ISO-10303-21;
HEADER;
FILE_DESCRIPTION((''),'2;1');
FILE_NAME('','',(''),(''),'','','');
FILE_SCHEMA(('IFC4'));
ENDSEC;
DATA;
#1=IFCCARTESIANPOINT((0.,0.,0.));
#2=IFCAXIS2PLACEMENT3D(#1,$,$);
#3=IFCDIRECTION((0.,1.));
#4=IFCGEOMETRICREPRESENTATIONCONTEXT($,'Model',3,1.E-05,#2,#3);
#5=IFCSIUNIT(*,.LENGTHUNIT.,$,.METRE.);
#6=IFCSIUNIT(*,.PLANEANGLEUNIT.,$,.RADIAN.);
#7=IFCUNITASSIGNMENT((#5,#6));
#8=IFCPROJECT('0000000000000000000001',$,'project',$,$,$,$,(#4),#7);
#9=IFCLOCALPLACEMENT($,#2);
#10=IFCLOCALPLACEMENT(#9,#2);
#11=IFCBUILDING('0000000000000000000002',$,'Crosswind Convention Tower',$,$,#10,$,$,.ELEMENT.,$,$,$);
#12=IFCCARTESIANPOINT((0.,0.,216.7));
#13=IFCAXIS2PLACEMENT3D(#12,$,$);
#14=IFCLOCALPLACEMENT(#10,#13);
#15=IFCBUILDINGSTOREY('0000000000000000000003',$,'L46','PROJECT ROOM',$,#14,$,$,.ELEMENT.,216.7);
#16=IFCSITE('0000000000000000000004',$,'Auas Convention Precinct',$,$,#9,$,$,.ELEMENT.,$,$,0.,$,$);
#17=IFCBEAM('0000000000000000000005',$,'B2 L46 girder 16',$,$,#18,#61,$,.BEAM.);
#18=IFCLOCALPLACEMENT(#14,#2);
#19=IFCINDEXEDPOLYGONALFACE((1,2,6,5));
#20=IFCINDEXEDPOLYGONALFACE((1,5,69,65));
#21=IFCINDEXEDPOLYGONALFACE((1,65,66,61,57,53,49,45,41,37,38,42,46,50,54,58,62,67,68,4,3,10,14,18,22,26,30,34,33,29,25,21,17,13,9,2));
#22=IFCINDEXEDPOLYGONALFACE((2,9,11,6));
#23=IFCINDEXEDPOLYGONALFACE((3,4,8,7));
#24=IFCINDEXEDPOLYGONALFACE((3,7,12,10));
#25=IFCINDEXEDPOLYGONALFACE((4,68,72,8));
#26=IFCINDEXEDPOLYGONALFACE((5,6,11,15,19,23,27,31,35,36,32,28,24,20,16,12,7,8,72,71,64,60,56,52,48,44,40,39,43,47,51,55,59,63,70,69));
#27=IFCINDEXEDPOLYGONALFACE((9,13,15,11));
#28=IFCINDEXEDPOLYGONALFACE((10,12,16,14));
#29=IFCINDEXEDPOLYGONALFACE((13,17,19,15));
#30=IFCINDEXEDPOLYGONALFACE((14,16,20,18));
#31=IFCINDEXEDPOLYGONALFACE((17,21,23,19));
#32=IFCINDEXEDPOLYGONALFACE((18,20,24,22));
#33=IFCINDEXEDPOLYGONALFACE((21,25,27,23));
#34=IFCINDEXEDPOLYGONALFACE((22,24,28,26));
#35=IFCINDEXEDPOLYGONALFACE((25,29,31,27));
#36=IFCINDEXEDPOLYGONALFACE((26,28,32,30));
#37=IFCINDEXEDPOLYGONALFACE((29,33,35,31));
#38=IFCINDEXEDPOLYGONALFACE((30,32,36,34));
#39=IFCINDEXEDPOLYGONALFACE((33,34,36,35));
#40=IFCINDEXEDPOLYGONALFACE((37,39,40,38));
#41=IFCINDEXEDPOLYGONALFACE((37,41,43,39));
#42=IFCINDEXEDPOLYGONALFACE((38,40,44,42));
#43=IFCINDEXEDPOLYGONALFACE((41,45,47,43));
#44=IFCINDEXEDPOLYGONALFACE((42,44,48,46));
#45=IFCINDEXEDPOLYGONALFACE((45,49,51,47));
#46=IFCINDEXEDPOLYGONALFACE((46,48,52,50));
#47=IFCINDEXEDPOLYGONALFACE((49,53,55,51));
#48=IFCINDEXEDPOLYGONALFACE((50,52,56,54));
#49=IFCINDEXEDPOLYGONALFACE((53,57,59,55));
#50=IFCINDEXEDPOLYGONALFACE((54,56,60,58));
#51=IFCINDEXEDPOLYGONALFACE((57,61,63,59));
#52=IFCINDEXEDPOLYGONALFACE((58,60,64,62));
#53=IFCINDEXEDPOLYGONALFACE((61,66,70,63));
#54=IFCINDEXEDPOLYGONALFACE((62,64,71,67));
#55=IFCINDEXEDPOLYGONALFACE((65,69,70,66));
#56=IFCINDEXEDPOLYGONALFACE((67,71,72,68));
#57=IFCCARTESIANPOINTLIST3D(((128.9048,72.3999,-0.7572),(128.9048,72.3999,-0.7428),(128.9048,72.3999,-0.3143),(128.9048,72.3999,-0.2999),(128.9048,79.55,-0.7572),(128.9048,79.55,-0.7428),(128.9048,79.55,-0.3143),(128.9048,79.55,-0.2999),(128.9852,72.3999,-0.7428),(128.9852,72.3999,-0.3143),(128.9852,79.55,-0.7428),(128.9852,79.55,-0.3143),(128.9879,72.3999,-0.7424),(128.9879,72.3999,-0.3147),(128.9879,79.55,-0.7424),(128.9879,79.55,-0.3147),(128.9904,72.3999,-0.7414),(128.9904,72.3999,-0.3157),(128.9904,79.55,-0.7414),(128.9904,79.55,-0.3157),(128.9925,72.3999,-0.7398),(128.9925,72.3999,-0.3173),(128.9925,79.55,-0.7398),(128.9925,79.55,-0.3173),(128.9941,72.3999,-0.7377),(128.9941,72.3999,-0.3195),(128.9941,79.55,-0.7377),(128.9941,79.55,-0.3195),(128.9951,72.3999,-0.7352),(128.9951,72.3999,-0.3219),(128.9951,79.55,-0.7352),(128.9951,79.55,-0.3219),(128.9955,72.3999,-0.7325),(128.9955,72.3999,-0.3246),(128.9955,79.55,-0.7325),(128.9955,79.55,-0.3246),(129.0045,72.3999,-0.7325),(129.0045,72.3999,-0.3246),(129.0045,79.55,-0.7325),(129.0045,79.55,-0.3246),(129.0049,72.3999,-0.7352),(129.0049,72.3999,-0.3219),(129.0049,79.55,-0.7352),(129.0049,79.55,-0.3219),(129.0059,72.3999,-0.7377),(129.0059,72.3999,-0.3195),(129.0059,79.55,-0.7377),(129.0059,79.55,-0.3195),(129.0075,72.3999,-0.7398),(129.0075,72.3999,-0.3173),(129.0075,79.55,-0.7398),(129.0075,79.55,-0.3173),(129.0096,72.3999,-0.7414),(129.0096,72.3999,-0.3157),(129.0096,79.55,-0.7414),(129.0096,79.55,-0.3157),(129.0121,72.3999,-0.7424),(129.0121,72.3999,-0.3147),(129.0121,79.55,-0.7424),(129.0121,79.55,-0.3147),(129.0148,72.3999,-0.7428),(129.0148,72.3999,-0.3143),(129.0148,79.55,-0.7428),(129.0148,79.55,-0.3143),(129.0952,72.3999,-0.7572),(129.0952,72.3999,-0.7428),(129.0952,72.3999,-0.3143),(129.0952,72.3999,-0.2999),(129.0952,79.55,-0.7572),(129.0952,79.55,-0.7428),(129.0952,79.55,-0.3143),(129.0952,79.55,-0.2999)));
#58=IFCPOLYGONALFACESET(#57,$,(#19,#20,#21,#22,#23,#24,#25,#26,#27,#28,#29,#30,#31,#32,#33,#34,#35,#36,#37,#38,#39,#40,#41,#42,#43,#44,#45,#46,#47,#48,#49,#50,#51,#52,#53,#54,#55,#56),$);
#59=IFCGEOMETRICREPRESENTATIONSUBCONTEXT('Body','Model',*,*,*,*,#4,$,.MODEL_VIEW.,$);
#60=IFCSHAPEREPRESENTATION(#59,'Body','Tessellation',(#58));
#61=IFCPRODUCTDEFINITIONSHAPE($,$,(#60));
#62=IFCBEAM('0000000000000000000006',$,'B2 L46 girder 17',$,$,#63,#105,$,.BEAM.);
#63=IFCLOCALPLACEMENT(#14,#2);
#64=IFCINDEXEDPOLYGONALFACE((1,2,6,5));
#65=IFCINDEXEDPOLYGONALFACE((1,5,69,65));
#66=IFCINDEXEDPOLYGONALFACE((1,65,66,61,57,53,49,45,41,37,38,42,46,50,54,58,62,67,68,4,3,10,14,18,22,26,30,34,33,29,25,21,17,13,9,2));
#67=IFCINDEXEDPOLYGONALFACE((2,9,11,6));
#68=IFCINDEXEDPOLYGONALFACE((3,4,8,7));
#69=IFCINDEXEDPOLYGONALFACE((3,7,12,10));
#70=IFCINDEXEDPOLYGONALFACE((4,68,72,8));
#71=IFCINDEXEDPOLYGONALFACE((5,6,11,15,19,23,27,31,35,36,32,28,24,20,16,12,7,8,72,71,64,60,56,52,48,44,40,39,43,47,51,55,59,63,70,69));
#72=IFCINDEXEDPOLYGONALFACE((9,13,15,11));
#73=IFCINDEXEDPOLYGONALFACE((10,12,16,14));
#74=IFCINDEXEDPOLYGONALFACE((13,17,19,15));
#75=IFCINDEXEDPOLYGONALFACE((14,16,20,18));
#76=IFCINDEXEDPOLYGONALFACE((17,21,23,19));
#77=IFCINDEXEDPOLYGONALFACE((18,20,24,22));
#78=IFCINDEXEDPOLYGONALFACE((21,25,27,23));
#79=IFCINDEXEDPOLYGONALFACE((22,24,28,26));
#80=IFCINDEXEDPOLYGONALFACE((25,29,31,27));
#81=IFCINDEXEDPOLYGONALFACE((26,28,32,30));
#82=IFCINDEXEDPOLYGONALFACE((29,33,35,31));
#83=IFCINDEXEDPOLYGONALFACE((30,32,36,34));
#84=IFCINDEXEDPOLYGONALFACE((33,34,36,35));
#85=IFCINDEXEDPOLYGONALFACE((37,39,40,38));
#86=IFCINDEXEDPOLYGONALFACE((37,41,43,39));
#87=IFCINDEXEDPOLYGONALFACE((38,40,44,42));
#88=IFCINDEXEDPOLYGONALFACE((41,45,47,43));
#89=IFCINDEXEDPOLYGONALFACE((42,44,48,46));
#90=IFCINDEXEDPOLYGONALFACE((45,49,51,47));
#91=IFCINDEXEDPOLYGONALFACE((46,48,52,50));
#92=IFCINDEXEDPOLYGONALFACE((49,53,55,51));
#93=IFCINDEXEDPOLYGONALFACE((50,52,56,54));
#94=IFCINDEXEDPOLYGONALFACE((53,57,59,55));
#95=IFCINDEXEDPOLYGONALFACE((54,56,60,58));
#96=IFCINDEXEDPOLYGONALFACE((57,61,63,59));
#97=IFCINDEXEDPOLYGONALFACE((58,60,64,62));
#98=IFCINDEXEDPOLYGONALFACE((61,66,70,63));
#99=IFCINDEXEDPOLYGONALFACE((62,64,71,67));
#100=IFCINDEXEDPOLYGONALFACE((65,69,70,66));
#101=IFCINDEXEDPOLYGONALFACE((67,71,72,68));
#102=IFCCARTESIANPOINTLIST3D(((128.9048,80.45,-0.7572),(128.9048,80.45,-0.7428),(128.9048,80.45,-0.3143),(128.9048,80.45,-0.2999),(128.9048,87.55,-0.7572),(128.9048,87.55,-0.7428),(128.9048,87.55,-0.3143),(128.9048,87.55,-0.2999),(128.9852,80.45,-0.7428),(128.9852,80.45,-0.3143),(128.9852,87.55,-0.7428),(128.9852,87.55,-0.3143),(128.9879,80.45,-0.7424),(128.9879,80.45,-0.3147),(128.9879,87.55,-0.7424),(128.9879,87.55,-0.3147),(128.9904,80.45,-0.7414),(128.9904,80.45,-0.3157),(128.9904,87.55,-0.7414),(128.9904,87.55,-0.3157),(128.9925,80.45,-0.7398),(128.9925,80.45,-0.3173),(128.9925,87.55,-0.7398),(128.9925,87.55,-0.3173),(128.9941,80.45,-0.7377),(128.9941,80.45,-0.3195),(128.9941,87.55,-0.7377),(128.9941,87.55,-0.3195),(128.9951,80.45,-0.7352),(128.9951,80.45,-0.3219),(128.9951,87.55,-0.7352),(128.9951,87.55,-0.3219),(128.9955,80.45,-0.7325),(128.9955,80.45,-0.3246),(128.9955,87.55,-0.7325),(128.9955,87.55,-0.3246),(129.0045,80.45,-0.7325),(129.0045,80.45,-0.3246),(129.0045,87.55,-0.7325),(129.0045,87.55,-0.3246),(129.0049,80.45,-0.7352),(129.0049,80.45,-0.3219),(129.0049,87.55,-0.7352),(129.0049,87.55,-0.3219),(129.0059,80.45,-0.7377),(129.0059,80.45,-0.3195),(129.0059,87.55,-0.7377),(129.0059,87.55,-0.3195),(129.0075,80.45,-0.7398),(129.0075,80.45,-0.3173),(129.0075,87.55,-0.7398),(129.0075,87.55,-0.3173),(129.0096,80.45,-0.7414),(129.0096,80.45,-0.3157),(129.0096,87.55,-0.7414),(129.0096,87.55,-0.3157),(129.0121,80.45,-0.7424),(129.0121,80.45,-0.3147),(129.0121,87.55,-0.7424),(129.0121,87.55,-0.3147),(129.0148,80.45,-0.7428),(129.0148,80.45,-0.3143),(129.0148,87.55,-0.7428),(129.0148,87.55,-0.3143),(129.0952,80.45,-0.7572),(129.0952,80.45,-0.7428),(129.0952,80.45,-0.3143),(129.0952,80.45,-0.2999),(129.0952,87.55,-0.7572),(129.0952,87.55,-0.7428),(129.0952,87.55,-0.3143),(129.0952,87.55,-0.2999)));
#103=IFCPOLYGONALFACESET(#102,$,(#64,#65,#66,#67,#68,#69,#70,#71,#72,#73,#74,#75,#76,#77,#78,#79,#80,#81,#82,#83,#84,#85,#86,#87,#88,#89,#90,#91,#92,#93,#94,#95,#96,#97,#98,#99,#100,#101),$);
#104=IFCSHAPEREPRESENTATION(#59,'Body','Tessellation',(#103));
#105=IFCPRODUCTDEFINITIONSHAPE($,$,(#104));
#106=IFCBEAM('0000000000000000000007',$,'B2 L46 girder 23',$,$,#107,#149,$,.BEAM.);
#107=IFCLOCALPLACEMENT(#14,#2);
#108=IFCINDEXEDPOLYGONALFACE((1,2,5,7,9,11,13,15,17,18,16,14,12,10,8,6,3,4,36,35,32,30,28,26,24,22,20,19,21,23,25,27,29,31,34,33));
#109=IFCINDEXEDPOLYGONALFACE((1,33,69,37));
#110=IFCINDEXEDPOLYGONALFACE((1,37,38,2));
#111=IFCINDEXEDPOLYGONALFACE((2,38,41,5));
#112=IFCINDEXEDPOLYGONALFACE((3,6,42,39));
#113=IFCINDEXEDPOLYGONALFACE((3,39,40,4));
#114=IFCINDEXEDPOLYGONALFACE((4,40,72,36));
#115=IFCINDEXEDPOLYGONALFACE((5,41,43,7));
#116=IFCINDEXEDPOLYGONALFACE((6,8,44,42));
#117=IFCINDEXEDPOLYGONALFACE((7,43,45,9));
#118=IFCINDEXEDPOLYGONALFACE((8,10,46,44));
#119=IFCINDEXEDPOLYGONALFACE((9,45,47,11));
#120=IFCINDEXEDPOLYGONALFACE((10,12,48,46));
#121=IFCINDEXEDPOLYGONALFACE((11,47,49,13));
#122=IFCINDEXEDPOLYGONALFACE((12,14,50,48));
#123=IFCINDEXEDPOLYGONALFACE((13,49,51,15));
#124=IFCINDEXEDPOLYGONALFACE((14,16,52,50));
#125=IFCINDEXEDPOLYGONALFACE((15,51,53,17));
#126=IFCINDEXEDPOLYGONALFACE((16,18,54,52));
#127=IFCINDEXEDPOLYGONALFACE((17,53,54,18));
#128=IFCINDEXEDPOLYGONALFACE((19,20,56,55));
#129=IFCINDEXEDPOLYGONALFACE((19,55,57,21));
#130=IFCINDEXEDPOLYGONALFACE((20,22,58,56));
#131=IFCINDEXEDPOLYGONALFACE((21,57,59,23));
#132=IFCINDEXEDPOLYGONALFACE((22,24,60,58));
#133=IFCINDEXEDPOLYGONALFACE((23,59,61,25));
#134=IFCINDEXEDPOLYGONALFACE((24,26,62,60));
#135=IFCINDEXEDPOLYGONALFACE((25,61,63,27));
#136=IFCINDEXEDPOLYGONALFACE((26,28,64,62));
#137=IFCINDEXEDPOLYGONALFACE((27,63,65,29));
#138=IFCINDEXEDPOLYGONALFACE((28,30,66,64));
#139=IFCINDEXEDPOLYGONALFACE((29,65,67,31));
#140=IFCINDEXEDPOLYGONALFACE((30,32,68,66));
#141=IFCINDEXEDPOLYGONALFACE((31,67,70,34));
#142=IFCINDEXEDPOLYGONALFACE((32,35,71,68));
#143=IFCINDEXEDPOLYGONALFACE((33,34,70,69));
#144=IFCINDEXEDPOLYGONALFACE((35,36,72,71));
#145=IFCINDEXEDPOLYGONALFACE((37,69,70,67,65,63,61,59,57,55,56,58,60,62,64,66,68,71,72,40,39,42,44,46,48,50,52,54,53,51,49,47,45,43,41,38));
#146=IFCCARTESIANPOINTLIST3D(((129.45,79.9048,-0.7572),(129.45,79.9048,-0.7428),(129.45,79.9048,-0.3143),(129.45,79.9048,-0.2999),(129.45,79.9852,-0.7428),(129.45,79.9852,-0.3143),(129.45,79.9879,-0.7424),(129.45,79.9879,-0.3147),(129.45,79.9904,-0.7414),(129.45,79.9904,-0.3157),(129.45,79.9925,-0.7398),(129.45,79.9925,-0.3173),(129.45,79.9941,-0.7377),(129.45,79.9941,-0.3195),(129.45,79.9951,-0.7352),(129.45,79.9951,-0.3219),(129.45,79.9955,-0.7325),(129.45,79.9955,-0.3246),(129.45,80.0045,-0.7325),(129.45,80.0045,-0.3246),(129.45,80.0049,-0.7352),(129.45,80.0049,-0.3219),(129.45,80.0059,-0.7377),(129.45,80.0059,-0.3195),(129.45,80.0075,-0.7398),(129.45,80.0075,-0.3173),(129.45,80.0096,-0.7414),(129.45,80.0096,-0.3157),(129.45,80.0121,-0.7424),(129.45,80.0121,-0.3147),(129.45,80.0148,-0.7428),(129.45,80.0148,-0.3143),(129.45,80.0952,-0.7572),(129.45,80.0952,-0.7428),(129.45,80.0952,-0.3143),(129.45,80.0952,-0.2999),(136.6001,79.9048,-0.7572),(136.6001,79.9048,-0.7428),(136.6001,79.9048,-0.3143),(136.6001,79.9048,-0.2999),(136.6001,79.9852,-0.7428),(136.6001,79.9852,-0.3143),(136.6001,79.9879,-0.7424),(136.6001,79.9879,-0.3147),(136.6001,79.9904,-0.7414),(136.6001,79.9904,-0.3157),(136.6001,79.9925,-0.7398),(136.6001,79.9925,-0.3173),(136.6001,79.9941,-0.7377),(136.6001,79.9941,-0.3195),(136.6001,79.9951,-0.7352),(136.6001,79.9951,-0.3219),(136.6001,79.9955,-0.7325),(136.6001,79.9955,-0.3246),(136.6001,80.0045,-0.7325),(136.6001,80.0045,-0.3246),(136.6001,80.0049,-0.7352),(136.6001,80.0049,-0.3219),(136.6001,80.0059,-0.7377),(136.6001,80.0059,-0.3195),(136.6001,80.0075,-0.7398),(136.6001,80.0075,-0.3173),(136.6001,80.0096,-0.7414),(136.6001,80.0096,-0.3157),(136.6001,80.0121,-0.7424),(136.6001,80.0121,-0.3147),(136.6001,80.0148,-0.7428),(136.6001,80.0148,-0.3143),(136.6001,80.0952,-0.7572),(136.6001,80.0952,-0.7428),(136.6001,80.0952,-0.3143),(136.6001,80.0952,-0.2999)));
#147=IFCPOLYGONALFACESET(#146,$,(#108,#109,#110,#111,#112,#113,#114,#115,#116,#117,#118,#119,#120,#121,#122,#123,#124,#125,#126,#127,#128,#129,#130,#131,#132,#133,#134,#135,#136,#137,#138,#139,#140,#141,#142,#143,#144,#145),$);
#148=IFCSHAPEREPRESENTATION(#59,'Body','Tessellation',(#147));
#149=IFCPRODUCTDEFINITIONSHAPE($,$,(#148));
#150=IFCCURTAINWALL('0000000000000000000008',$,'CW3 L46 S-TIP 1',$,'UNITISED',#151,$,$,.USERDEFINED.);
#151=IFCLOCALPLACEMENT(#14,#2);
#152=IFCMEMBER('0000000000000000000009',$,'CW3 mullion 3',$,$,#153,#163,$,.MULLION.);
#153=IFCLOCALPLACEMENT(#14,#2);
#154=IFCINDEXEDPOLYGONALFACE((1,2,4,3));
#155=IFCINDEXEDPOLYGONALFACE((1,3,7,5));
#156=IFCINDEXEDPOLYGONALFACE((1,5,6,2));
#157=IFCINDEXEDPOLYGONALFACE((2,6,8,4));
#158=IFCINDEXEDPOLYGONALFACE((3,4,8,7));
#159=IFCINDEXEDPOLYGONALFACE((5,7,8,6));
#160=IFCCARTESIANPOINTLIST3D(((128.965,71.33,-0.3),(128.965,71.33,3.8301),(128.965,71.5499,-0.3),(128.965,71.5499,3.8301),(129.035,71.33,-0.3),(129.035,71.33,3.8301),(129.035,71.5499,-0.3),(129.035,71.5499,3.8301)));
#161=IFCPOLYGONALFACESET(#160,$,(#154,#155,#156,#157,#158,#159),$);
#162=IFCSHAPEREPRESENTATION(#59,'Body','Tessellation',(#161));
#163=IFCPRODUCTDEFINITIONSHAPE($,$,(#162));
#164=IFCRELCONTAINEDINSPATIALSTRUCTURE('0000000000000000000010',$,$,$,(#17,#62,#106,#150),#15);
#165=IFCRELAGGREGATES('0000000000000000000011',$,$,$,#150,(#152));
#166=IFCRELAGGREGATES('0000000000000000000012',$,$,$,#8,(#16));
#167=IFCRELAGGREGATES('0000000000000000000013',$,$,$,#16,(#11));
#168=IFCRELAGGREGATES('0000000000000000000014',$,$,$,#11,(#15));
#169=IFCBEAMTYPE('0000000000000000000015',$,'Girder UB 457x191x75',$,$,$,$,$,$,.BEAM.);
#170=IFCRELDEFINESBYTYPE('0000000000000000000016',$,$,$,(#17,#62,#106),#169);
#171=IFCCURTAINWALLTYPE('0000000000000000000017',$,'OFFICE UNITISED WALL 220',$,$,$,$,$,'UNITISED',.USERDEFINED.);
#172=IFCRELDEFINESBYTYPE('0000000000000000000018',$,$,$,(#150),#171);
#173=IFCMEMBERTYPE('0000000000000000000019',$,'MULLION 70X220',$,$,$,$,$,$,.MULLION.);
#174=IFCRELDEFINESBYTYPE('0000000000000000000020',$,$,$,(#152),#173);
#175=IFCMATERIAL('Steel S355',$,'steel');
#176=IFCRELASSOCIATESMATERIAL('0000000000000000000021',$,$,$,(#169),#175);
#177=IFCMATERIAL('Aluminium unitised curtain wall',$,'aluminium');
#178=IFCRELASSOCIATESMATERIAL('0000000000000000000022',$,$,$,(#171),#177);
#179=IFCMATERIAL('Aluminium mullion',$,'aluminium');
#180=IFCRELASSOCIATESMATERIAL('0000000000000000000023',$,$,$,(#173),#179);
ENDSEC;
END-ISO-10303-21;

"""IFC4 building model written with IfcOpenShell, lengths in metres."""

from ifc_helpers import new_model, si_unit, direction, frame, origin, origin_2d, place, context, subcontext, project, spatial, rectangle, i_section, extrude, material, material_profile, profile_set, type_object, element, aggregate, save


model = new_model("IFC4")

# Units and contexts
model_context = context("Model", 3, precision=1e-05, world=origin(), true_north=direction((0.0, 1.0)))
body_context = subcontext(model_context, "Body", "Model", "MODEL_VIEW")
ifc_project = project(units=[si_unit("LENGTHUNIT", "METRE"), si_unit("PLANEANGLEUNIT", "RADIAN")], contexts=[model_context])

# Site, building, storey
site_placement = place(None, origin())
site = spatial("IfcSite", under=ifc_project, at=site_placement, Name="Auas Convention Precinct", CompositionType="ELEMENT", RefElevation=0.0)
building_placement = place(site_placement, origin())
building = spatial("IfcBuilding", under=site, at=building_placement, Name="Crosswind Convention Tower", CompositionType="ELEMENT")
storey_placement = place(building_placement, frame((0.0, 0.0, 216.7)))
storey = spatial("IfcBuildingStorey", under=building, at=storey_placement, Name="L46", Description="PROJECT ROOM", CompositionType="ELEMENT", Elevation=216.7)

# Beams
ifc_material_1 = material(Name="Steel S355", Category="steel")
ifc_material_profile_1 = material_profile(ifc_material_1, i_section(OverallWidth=0.1904, OverallDepth=0.4573, WebThickness=0.009, FlangeThickness=0.0144, FilletRadius=0.0103, at=origin_2d()), Name="UB 457x191x75")
ifc_profile_set_1 = profile_set([ifc_material_profile_1], Name="Steel S355")
beam_type_1 = type_object("IfcBeamType", Name="Girder UB 457x191x75", PredefinedType="BEAM", material=ifc_profile_set_1)
beam_1_placement = place(storey_placement, frame((129.0, 72.3999, -0.5286), z_axis=(0.0, 1.0, 0.0), x_axis=(-1.0, 0.0, 0.0)))
element("IfcBeam", 1, at=beam_1_placement, inside=storey, type_object=beam_type_1, Name="B2 L46 girder 16", PredefinedType="BEAM", context=body_context, shape_type="SweptSolid", body=[
    extrude(i_section(OverallWidth=0.1904, OverallDepth=0.4573, WebThickness=0.009, FlangeThickness=0.0144, FilletRadius=0.0103, at=origin_2d()), origin(), (0.0, 0.0, 1.0), 7.1501),
])
beam_2_placement = place(storey_placement, frame((129.0, 80.45, -0.5286), z_axis=(0.0, 1.0, 0.0), x_axis=(-1.0, 0.0, 0.0)))
element("IfcBeam", 2, at=beam_2_placement, inside=storey, type_object=beam_type_1, Name="B2 L46 girder 17", PredefinedType="BEAM", context=body_context, shape_type="SweptSolid", body=[
    extrude(i_section(OverallWidth=0.1904, OverallDepth=0.4573, WebThickness=0.009, FlangeThickness=0.0144, FilletRadius=0.0103, at=origin_2d()), origin(), (0.0, 0.0, 1.0), 7.1001),
])
beam_3_placement = place(storey_placement, frame((129.45, 80.0, -0.5286), z_axis=(1.0, 0.0, 0.0), x_axis=(0.0, 1.0, 0.0)))
element("IfcBeam", 3, at=beam_3_placement, inside=storey, type_object=beam_type_1, Name="B2 L46 girder 23", PredefinedType="BEAM", context=body_context, shape_type="SweptSolid", body=[
    extrude(i_section(OverallWidth=0.1904, OverallDepth=0.4573, WebThickness=0.009, FlangeThickness=0.0144, FilletRadius=0.0103, at=origin_2d()), origin(), (0.0, 0.0, 1.0), 7.1501),
])

# Curtain wall, member
ifc_material_2 = material(Name="Aluminium unitised curtain wall", Category="aluminium")
curtain_wall_type = type_object("IfcCurtainWallType", Name="OFFICE UNITISED WALL 220", ElementType="UNITISED", PredefinedType="USERDEFINED", material=ifc_material_2)
curtain_wall_placement = place(storey_placement, origin())
curtain_wall = element("IfcCurtainWall", 4, at=curtain_wall_placement, inside=storey, type_object=curtain_wall_type, Name="CW3 L46 S-TIP 1", ObjectType="UNITISED", PredefinedType="USERDEFINED")
ifc_material_3 = material(Name="Aluminium mullion", Category="aluminium")
ifc_material_profile_2 = material_profile(ifc_material_3, rectangle(XDim=0.22, YDim=0.0701, at=origin_2d()), Name="AL 220X70")
ifc_profile_set_2 = profile_set([ifc_material_profile_2], Name="Aluminium mullion")
member_type = type_object("IfcMemberType", Name="MULLION 70X220", PredefinedType="MULLION", material=ifc_profile_set_2)
member_placement = place(storey_placement, frame((129.0, 71.4399, -0.3), z_axis=(0.0, 0.0, 1.0), x_axis=(0.0, -1.0, 0.0)))
member = element("IfcMember", 5, at=member_placement, type_object=member_type, Name="CW3 mullion 3", PredefinedType="MULLION", context=body_context, shape_type="SweptSolid", body=[
    extrude(rectangle(XDim=0.22, YDim=0.0701, at=origin_2d()), origin(), (0.0, 0.0, 1.0), 4.1301),
])

aggregate(curtain_wall, [member])

save(model, "model.ifc")
